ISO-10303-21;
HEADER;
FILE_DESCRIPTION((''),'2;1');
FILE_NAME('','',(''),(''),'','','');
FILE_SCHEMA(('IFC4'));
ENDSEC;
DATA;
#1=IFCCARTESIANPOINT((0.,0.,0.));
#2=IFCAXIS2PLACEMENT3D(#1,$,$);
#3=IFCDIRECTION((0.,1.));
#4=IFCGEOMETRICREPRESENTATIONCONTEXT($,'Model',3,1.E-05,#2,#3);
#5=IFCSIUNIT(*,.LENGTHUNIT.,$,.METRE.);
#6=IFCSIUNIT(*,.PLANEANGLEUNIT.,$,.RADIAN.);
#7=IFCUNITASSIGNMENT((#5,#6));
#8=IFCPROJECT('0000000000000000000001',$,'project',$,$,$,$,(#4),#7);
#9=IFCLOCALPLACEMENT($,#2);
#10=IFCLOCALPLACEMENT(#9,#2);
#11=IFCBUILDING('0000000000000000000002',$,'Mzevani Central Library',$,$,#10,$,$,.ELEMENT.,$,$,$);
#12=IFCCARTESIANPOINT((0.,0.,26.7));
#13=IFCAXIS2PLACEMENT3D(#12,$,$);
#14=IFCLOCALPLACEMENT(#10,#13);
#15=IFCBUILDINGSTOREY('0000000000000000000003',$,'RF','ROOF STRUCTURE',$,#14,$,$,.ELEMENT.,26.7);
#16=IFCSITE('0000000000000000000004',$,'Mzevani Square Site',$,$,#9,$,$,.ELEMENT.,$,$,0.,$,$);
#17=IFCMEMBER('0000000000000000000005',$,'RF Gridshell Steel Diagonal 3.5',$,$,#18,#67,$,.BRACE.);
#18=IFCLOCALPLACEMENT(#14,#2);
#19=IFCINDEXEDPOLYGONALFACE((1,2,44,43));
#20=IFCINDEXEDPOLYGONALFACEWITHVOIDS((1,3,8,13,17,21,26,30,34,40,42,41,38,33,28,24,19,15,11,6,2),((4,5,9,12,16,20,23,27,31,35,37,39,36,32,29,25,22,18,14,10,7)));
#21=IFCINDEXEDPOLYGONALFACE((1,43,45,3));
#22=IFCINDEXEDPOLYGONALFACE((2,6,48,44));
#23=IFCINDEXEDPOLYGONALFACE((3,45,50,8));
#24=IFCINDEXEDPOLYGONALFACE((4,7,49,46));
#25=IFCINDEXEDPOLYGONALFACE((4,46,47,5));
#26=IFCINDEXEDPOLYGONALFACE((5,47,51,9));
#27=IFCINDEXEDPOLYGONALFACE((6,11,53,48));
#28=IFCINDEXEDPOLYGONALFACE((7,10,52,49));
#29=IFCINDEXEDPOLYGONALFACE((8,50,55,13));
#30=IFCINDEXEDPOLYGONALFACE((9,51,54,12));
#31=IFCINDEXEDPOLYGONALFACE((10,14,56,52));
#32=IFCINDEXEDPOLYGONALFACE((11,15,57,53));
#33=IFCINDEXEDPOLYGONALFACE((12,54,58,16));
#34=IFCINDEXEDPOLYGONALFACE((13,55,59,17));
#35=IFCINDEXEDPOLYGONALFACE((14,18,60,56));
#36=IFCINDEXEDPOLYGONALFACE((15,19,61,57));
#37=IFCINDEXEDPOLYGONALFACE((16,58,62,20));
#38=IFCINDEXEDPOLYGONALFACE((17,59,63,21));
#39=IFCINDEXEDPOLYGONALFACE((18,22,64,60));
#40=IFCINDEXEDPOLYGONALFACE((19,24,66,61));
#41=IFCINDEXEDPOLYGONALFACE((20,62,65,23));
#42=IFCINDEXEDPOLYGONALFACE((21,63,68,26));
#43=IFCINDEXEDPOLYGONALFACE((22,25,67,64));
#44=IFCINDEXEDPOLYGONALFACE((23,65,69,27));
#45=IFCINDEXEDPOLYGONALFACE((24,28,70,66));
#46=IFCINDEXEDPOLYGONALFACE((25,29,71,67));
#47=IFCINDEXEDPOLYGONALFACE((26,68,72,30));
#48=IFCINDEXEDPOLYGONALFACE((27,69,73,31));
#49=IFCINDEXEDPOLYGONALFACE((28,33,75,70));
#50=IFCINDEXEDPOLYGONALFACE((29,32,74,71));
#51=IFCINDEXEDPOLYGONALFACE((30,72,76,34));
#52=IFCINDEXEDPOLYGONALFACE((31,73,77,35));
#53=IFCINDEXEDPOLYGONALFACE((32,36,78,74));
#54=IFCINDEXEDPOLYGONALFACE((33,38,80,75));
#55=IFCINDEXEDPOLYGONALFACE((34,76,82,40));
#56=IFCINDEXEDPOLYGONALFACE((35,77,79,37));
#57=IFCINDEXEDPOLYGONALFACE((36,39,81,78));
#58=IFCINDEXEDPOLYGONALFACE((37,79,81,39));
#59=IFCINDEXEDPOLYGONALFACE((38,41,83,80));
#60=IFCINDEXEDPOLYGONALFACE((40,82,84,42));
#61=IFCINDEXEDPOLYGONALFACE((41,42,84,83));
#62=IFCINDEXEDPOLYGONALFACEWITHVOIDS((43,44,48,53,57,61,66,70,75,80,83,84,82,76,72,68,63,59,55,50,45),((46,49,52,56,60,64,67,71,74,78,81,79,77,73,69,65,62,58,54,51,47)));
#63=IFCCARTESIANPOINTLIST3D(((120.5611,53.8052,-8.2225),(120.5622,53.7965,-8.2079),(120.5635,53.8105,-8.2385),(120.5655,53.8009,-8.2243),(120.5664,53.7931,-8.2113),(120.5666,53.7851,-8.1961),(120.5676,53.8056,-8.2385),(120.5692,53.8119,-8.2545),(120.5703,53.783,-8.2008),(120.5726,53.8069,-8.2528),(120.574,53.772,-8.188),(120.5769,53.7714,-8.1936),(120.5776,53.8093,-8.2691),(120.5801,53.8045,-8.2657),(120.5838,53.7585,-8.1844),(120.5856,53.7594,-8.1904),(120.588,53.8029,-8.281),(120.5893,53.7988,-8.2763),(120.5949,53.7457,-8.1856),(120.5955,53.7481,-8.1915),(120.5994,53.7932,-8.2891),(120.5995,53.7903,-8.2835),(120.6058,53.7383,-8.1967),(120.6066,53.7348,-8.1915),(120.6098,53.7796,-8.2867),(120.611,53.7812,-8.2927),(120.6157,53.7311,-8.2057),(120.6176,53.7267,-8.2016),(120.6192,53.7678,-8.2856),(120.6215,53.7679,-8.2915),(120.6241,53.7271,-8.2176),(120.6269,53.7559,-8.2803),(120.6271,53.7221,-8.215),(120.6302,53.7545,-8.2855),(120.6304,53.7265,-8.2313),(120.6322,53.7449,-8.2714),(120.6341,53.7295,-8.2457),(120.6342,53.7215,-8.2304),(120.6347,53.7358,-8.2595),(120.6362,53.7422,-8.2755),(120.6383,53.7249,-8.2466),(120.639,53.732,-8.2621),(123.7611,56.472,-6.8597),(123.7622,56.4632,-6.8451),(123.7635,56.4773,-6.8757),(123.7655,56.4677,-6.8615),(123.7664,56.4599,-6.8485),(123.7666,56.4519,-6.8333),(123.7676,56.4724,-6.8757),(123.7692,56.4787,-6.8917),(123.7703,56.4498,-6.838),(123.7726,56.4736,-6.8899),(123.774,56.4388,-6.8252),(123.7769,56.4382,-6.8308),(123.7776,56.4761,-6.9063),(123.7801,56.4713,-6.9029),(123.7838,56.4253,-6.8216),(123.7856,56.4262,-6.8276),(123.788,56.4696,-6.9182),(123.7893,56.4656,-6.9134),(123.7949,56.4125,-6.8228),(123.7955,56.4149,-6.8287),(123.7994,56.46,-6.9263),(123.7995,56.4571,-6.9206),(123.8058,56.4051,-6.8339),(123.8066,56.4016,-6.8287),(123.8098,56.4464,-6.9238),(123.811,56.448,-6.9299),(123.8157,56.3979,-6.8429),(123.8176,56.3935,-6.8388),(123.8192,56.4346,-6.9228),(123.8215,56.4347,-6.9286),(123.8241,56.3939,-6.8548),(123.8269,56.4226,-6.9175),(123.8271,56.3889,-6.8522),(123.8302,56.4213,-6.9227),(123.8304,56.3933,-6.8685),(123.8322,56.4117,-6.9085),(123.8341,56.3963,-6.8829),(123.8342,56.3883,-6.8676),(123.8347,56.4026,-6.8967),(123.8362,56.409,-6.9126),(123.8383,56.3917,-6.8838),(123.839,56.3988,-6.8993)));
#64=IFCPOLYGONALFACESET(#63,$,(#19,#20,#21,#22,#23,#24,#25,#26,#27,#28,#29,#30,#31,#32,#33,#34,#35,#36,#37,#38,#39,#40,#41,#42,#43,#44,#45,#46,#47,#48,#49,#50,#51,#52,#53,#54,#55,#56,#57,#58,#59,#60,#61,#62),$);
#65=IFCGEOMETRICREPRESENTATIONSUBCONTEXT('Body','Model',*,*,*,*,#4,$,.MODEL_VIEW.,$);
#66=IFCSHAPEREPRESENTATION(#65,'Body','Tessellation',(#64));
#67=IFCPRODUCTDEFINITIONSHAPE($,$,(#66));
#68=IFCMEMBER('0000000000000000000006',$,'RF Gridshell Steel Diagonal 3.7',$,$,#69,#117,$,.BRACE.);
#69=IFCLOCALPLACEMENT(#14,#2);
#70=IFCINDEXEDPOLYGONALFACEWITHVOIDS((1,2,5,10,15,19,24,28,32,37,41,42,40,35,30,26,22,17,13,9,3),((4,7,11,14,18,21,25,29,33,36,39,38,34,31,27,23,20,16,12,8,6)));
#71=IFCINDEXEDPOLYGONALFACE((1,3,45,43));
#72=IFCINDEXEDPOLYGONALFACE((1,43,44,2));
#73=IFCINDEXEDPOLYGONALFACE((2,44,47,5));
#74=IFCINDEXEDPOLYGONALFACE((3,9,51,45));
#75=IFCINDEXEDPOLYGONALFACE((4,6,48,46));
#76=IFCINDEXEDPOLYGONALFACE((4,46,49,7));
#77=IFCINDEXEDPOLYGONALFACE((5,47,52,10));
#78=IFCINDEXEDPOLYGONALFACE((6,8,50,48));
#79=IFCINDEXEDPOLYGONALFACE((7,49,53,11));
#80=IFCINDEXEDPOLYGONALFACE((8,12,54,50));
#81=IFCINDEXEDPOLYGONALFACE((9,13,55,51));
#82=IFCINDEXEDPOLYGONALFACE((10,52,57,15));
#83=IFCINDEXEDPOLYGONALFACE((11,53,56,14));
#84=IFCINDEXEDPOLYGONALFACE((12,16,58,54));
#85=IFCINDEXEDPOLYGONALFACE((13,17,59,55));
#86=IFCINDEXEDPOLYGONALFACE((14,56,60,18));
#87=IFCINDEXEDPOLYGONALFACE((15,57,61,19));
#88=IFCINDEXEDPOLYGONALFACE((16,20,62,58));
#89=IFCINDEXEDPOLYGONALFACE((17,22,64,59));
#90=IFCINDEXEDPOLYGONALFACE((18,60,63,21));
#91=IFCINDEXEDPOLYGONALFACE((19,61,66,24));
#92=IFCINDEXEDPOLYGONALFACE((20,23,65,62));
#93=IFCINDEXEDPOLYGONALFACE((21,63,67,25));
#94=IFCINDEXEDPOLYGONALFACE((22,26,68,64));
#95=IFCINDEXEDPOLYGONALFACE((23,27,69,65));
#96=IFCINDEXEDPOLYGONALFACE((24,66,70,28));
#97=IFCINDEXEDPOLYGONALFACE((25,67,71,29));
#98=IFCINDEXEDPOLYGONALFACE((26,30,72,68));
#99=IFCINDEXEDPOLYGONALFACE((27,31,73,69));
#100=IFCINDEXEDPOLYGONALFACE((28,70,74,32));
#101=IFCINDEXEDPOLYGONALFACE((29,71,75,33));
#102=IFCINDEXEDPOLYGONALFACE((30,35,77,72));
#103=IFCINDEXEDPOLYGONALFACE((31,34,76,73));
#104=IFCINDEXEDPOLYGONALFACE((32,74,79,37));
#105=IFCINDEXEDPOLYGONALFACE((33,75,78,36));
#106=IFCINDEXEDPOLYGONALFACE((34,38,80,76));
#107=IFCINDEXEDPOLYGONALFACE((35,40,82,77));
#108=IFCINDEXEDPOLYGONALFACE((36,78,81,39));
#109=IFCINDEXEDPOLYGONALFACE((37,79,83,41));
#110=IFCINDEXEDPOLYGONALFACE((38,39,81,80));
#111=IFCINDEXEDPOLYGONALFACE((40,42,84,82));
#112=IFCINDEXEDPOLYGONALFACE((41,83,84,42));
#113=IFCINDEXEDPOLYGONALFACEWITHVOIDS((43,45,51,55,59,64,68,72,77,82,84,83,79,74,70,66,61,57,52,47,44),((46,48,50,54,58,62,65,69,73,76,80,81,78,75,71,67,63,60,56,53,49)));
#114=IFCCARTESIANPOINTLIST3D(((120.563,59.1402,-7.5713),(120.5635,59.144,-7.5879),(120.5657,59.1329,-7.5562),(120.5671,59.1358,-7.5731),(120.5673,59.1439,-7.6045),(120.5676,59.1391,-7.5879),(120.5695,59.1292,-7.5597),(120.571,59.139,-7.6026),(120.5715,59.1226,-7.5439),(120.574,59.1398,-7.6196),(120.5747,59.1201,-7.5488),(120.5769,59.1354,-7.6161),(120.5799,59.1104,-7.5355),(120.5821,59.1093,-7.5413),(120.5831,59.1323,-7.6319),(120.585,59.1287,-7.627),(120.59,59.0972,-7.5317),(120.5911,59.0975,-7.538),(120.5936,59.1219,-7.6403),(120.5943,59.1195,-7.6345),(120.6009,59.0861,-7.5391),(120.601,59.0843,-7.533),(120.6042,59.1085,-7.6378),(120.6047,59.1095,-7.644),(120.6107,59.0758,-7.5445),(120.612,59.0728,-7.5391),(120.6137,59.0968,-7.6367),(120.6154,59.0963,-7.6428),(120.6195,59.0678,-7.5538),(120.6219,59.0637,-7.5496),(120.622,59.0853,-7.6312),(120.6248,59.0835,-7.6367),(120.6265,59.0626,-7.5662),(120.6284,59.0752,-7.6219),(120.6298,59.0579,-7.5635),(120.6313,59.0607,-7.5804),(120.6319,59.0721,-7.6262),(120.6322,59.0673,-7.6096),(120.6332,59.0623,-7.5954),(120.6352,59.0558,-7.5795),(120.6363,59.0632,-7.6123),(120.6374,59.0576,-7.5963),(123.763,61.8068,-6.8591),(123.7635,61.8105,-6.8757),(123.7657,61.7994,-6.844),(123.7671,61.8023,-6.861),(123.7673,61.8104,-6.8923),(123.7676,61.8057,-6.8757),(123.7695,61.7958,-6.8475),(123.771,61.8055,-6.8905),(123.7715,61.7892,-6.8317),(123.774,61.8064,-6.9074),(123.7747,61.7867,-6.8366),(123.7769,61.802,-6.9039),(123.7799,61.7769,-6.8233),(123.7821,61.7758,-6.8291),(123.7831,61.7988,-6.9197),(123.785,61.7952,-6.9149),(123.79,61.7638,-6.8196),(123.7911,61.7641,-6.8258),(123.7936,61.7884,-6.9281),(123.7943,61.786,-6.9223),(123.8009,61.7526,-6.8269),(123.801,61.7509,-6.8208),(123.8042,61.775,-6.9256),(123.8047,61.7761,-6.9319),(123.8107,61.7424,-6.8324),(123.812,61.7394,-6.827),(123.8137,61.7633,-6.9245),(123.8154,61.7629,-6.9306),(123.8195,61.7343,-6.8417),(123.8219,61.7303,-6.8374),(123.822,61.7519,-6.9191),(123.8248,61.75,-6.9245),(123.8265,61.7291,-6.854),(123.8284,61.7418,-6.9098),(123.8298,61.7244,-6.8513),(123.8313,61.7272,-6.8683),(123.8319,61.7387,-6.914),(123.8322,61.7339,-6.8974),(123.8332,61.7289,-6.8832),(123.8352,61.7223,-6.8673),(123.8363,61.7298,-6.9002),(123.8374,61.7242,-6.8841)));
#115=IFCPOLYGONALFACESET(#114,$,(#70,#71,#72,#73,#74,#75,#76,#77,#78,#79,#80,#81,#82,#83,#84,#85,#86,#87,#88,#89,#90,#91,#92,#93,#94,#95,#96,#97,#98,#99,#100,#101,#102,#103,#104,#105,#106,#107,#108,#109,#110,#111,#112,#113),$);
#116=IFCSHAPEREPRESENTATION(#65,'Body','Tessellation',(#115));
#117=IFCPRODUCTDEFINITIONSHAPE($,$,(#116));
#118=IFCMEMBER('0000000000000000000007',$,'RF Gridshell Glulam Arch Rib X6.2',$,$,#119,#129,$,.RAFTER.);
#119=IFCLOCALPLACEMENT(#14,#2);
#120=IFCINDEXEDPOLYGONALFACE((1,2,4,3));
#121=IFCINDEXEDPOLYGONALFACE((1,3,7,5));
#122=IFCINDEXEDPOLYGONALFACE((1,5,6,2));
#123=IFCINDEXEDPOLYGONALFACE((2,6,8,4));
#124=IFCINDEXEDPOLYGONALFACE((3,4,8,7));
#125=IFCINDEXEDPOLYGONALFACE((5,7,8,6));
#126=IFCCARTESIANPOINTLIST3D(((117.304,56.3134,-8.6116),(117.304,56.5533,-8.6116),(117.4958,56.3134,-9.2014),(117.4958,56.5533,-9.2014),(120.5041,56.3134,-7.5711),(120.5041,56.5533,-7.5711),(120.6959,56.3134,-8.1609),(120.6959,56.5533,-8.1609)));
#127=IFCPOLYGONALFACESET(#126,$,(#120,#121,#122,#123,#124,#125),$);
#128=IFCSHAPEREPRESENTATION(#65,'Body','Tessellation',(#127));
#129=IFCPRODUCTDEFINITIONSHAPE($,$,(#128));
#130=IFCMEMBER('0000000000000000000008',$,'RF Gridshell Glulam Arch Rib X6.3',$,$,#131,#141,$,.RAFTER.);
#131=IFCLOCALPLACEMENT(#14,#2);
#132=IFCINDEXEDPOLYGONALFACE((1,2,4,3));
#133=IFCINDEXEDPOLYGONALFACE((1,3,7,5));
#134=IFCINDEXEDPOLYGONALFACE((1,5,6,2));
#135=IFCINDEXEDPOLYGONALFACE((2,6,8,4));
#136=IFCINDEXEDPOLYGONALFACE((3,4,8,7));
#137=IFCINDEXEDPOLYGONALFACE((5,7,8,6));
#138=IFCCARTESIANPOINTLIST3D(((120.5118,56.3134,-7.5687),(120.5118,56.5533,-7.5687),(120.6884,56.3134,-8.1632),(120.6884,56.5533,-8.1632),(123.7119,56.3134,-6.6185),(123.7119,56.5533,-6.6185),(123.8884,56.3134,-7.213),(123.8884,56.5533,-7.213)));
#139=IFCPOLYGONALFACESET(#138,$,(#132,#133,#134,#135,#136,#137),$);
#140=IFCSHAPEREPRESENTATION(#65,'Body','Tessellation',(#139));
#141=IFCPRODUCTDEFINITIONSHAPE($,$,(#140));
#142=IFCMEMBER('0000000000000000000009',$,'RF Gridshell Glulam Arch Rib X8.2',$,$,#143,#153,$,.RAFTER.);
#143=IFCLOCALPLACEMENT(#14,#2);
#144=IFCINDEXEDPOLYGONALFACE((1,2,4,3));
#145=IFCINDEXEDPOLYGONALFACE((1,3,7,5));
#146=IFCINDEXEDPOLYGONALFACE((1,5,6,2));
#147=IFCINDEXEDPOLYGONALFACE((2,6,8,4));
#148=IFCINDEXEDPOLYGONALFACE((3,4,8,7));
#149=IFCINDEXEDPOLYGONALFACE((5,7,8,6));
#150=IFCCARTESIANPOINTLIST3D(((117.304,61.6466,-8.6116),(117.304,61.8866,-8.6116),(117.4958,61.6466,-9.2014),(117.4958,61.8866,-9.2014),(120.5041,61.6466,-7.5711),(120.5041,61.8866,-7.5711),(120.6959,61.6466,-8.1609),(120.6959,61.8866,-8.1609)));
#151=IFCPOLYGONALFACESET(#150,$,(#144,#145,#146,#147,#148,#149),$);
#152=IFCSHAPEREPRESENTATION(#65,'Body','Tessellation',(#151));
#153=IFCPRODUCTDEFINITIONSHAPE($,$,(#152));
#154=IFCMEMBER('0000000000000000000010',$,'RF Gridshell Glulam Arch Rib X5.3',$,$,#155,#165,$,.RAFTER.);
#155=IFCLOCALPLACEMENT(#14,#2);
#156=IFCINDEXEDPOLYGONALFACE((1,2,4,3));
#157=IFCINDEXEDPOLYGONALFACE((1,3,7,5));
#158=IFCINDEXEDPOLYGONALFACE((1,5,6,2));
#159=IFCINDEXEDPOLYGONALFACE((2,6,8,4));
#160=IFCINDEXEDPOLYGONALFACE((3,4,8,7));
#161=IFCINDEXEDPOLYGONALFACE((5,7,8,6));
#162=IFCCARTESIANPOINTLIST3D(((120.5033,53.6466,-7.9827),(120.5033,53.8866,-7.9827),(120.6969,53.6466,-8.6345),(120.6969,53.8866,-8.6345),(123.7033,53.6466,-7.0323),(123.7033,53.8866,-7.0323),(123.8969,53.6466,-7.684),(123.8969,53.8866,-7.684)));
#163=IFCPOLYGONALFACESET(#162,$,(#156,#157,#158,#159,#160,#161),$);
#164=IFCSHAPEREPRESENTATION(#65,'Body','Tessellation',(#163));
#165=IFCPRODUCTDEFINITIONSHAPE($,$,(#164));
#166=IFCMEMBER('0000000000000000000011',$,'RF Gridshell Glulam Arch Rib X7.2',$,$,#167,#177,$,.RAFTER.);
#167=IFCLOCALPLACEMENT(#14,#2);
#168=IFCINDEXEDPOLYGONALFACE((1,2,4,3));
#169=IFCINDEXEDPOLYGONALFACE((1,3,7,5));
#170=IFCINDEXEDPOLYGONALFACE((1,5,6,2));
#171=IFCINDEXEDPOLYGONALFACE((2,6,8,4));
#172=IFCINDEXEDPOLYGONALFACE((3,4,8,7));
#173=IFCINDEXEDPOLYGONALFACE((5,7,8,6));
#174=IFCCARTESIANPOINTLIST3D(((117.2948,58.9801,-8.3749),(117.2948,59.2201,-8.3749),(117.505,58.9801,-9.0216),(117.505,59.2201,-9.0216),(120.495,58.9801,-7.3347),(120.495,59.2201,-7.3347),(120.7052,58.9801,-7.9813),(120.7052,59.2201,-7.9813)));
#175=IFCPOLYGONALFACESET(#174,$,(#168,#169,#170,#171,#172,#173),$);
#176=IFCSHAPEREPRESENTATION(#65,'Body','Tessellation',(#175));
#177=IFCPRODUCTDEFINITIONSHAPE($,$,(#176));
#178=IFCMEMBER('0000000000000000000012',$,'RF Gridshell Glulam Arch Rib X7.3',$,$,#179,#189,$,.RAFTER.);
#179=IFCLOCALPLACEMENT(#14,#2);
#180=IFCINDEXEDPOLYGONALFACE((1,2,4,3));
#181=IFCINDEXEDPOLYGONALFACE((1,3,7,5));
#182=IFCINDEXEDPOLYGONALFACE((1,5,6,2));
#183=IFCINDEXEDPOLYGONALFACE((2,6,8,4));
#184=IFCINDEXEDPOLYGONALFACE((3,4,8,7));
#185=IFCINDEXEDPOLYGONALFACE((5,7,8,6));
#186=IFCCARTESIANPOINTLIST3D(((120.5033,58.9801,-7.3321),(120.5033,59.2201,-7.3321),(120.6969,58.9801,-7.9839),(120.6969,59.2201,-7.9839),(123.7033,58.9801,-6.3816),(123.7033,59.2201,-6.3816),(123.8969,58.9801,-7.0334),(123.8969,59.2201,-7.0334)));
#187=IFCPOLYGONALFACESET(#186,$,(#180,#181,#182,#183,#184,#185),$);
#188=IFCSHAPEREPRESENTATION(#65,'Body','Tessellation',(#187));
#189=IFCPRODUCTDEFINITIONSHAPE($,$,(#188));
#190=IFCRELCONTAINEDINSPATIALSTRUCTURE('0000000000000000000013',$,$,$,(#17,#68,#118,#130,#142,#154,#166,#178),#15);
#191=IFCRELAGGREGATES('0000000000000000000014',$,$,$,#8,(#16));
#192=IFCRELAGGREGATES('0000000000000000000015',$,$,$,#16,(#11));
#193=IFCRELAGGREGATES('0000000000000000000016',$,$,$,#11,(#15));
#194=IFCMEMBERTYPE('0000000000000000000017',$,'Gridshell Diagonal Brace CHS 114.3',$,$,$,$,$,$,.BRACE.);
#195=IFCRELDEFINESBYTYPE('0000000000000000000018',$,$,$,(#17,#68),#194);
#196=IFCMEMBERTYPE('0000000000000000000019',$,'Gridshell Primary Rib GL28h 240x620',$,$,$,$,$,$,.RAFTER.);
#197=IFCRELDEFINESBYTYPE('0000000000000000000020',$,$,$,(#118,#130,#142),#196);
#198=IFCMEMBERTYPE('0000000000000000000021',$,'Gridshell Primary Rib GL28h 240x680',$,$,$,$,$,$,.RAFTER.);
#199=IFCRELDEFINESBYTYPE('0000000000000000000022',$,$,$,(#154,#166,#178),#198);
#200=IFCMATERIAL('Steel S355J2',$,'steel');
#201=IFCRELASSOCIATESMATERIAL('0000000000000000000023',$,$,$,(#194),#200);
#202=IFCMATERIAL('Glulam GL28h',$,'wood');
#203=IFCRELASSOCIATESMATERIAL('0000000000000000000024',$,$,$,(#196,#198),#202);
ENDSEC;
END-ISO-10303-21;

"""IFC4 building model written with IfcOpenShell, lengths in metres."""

from ifc_helpers import new_model, si_unit, direction, frame, origin, origin_2d, place, context, subcontext, project, spatial, rectangle, hollow_circle, extrude, material, material_profile, profile_set, type_object, element, save


model = new_model("IFC4")

# Units and contexts
model_context = context("Model", 3, precision=1e-05, world=origin(), true_north=direction((0.0, 1.0)))
body_context = subcontext(model_context, "Body", "Model", "MODEL_VIEW")
ifc_project = project(units=[si_unit("LENGTHUNIT", "METRE"), si_unit("PLANEANGLEUNIT", "RADIAN")], contexts=[model_context])

# Site, building, storey
site_placement = place(None, origin())
site = spatial("IfcSite", under=ifc_project, at=site_placement, Name="Mzevani Square Site", CompositionType="ELEMENT", RefElevation=0.0)
building_placement = place(site_placement, origin())
building = spatial("IfcBuilding", under=site, at=building_placement, Name="Mzevani Central Library", CompositionType="ELEMENT")
storey_placement = place(building_placement, frame((0.0, 0.0, 26.7)))
storey = spatial("IfcBuildingStorey", under=building, at=storey_placement, Name="RF", Description="ROOF STRUCTURE", CompositionType="ELEMENT", Elevation=26.7)

# Members
ifc_material_1 = material(Name="Steel S355J2", Category="steel")
ifc_material_profile_1 = material_profile(ifc_material_1, hollow_circle(Radius=0.0571, WallThickness=0.0063, at=origin_2d()), Name="CHS 114.3x6.3")
ifc_profile_set_1 = profile_set([ifc_material_profile_1], Name="Steel S355J2")
member_type_1 = type_object("IfcMemberType", Name="Gridshell Diagonal Brace CHS 114.3", PredefinedType="BRACE", material=ifc_profile_set_1)
member_1_placement = place(storey_placement, frame((120.6001, 53.7666, -8.2385), z_axis=(0.730125, 0.608466, 0.310945), x_axis=(-0.640202, 0.768207, 0.0)))
element("IfcMember", 1, at=member_1_placement, inside=storey, type_object=member_type_1, Name="RF Gridshell Steel Diagonal 3.5", PredefinedType="BRACE", context=body_context, shape_type="SweptSolid", body=[
    extrude(hollow_circle(Radius=0.0571, WallThickness=0.0063, at=origin_2d()), origin(), (0.0, 0.0, 1.0), 4.3828),
])
member_2_placement = place(storey_placement, frame((120.6001, 59.1001, -7.5879), z_axis=(0.757248, 0.631011, 0.168528), x_axis=(-0.640167, 0.768236, 0.0)))
element("IfcMember", 2, at=member_2_placement, inside=storey, type_object=member_type_1, Name="RF Gridshell Steel Diagonal 3.7", PredefinedType="BRACE", context=body_context, shape_type="SweptSolid", body=[
    extrude(hollow_circle(Radius=0.0571, WallThickness=0.0063, at=origin_2d()), origin(), (0.0, 0.0, 1.0), 4.2258),
])
ifc_material_2 = material(Name="Glulam GL28h", Category="wood")
ifc_material_profile_2 = material_profile(ifc_material_2, rectangle(XDim=0.24, YDim=0.6201, at=origin_2d()), Name="GL28h 240x620")
ifc_profile_set_2 = profile_set([ifc_material_profile_2], Name="Glulam GL28h")
member_type_2 = type_object("IfcMemberType", Name="Gridshell Primary Rib GL28h 240x620", PredefinedType="RAFTER", material=ifc_profile_set_2)
member_3_placement = place(storey_placement, frame((117.3999, 56.4333, -8.9065), z_axis=(0.950994, 0.0, 0.309211), x_axis=(0.0, 1.0, 0.0)))
element("IfcMember", 3, at=member_3_placement, inside=storey, type_object=member_type_2, Name="RF Gridshell Glulam Arch Rib X6.2", PredefinedType="RAFTER", context=body_context, shape_type="SweptSolid", body=[
    extrude(rectangle(XDim=0.24, YDim=0.6201, at=origin_2d()), origin(), (0.0, 0.0, 1.0), 3.365),
])
member_4_placement = place(storey_placement, frame((120.6001, 56.4333, -7.866), z_axis=(0.95863, 0.0, 0.284656), x_axis=(0.0, 1.0, 0.0)))
element("IfcMember", 4, at=member_4_placement, inside=storey, type_object=member_type_2, Name="RF Gridshell Glulam Arch Rib X6.3", PredefinedType="RAFTER", context=body_context, shape_type="SweptSolid", body=[
    extrude(rectangle(XDim=0.24, YDim=0.6201, at=origin_2d()), origin(), (0.0, 0.0, 1.0), 3.3381),
])
member_5_placement = place(storey_placement, frame((117.3999, 61.7666, -8.9065), z_axis=(0.950994, 0.0, 0.309211), x_axis=(0.0, 1.0, 0.0)))
element("IfcMember", 5, at=member_5_placement, inside=storey, type_object=member_type_2, Name="RF Gridshell Glulam Arch Rib X8.2", PredefinedType="RAFTER", context=body_context, shape_type="SweptSolid", body=[
    extrude(rectangle(XDim=0.24, YDim=0.6201, at=origin_2d()), origin(), (0.0, 0.0, 1.0), 3.365),
])
ifc_material_profile_3 = material_profile(ifc_material_2, rectangle(XDim=0.24, YDim=0.6799, at=origin_2d()), Name="GL28h 240x680")
ifc_profile_set_3 = profile_set([ifc_material_profile_3], Name="Glulam GL28h")
member_type_3 = type_object("IfcMemberType", Name="Gridshell Primary Rib GL28h 240x680", PredefinedType="RAFTER", material=ifc_profile_set_3)
member_6_placement = place(storey_placement, frame((120.6001, 53.7666, -8.3086), z_axis=(0.95861, 0.0, 0.284723), x_axis=(0.0, 1.0, 0.0)))
element("IfcMember", 6, at=member_6_placement, inside=storey, type_object=member_type_3, Name="RF Gridshell Glulam Arch Rib X5.3", PredefinedType="RAFTER", context=body_context, shape_type="SweptSolid", body=[
    extrude(rectangle(XDim=0.24, YDim=0.6799, at=origin_2d()), origin(), (0.0, 0.0, 1.0), 3.3381),
])
member_7_placement = place(storey_placement, frame((117.3999, 59.1001, -8.6982), z_axis=(0.951015, 0.0, 0.309145), x_axis=(0.0, 1.0, 0.0)))
element("IfcMember", 7, at=member_7_placement, inside=storey, type_object=member_type_3, Name="RF Gridshell Glulam Arch Rib X7.2", PredefinedType="RAFTER", context=body_context, shape_type="SweptSolid", body=[
    extrude(rectangle(XDim=0.24, YDim=0.6799, at=origin_2d()), origin(), (0.0, 0.0, 1.0), 3.365),
])
member_8_placement = place(storey_placement, frame((120.6001, 59.1001, -7.658), z_axis=(0.95861, 0.0, 0.284723), x_axis=(0.0, 1.0, 0.0)))
element("IfcMember", 8, at=member_8_placement, inside=storey, type_object=member_type_3, Name="RF Gridshell Glulam Arch Rib X7.3", PredefinedType="RAFTER", context=body_context, shape_type="SweptSolid", body=[
    extrude(rectangle(XDim=0.24, YDim=0.6799, at=origin_2d()), origin(), (0.0, 0.0, 1.0), 3.3381),
])

save(model, "model.ifc")
